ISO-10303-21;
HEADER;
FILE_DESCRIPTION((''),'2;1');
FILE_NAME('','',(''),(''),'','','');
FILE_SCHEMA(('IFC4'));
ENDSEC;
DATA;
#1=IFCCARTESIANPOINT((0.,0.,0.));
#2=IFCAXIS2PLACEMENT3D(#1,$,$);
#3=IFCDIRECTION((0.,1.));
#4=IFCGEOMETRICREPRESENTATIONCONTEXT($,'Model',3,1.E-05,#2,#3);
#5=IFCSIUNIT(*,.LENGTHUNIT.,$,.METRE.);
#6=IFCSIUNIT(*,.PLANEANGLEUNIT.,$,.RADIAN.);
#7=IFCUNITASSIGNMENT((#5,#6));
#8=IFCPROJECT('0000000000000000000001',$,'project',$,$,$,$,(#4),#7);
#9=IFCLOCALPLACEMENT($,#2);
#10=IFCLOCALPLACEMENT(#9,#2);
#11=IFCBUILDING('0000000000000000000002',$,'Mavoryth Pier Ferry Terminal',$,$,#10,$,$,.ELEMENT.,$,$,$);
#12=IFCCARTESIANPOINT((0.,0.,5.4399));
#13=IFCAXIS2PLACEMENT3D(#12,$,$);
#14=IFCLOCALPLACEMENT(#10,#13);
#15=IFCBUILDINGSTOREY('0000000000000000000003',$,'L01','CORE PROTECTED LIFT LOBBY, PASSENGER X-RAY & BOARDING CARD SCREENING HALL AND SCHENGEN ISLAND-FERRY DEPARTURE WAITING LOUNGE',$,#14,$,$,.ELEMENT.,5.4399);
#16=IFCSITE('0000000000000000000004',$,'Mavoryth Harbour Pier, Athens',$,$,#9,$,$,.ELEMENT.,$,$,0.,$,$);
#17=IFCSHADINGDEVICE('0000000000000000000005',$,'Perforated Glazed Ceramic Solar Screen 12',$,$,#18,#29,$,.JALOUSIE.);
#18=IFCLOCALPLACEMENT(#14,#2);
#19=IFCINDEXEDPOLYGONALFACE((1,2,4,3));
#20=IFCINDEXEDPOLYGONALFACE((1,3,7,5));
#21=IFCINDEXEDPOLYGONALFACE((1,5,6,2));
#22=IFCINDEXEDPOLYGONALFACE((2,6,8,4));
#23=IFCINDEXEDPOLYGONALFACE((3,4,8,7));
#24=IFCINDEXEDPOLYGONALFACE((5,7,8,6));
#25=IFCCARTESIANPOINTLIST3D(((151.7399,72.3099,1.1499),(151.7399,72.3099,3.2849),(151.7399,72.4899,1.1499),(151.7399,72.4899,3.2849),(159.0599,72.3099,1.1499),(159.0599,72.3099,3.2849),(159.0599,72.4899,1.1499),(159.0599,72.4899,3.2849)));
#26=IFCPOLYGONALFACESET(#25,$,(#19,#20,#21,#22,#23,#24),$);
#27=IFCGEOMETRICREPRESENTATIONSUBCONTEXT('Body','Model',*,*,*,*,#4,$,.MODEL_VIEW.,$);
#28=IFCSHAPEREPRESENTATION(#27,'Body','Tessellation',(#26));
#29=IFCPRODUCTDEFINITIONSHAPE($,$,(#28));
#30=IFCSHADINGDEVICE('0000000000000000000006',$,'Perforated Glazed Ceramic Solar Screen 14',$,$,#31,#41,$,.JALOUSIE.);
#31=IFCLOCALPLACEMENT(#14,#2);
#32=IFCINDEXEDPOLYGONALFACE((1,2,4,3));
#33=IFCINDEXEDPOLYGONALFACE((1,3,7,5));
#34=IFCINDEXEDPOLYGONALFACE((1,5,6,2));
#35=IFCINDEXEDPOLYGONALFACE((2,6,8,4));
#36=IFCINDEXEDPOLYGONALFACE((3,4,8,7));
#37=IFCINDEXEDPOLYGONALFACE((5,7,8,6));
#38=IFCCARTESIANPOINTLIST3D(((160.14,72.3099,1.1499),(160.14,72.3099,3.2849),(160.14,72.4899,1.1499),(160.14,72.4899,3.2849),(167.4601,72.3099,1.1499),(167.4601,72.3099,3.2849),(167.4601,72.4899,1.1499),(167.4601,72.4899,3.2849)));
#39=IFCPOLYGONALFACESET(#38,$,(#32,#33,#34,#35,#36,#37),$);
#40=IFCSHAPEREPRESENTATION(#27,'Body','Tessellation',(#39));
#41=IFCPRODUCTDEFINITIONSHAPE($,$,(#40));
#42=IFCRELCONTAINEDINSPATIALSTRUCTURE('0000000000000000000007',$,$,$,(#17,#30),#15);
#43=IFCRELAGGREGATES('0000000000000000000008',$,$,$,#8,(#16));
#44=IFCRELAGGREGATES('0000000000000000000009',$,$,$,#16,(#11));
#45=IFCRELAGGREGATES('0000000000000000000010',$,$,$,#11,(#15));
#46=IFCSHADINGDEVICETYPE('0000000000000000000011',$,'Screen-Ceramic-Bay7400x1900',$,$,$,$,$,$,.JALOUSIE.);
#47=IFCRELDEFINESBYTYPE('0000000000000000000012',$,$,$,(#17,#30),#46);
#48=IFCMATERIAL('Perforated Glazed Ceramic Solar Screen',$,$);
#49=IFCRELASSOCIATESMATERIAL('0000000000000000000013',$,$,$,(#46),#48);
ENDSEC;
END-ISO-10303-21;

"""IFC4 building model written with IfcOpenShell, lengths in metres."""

from ifc_helpers import new_model, si_unit, direction, frame, origin, origin_2d, place, context, subcontext, project, spatial, rectangle, extrude, material, type_object, element, save


model = new_model("IFC4")

# Units and contexts
model_context = context("Model", 3, precision=1e-05, world=origin(), true_north=direction((0.0, 1.0)))
body_context = subcontext(model_context, "Body", "Model", "MODEL_VIEW")
ifc_project = project(units=[si_unit("LENGTHUNIT", "METRE"), si_unit("PLANEANGLEUNIT", "RADIAN")], contexts=[model_context])

# Site, building, storey
site_placement = place(None, origin())
site = spatial("IfcSite", under=ifc_project, at=site_placement, Name="Mavoryth Harbour Pier, Athens", CompositionType="ELEMENT", RefElevation=0.0)
building_placement = place(site_placement, origin())
building = spatial("IfcBuilding", under=site, at=building_placement, Name="Mavoryth Pier Ferry Terminal", CompositionType="ELEMENT")
storey_placement = place(building_placement, frame((0.0, 0.0, 5.4399)))
storey = spatial("IfcBuildingStorey", under=building, at=storey_placement, Name="L01", Description="CORE PROTECTED LIFT LOBBY, PASSENGER X-RAY & BOARDING CARD SCREENING HALL AND SCHENGEN ISLAND-FERRY DEPARTURE WAITING LOUNGE", CompositionType="ELEMENT", Elevation=5.4399)

# Shading devices
ifc_material_1 = material(Name="Perforated Glazed Ceramic Solar Screen")
shading_device_type = type_object("IfcShadingDeviceType", Name="Screen-Ceramic-Bay7400x1900", PredefinedType="JALOUSIE", material=ifc_material_1)
for number, where, z_axis, x_axis, name in (
    (1, (155.3999, 72.3999, 1.1499), (0.0, 0.0, 1.0), (1.0, 0.0, 0.0), "Perforated Glazed Ceramic Solar Screen 12"),
    (2, (163.8, 72.3999, 1.1499), (0.0, 0.0, 1.0), (1.0, 0.0, 0.0), "Perforated Glazed Ceramic Solar Screen 14"),
):
    element("IfcShadingDevice", number, at=place(storey_placement, frame(where, z_axis=z_axis, x_axis=x_axis)), inside=storey, type_object=shading_device_type, Name=name, PredefinedType="JALOUSIE", context=body_context, shape_type="SweptSolid", body=[
        extrude(rectangle(XDim=7.3201, YDim=0.1799, at=origin_2d()), origin(), (0.0, 0.0, 1.0), 2.135),
    ])

save(model, "model.ifc")
